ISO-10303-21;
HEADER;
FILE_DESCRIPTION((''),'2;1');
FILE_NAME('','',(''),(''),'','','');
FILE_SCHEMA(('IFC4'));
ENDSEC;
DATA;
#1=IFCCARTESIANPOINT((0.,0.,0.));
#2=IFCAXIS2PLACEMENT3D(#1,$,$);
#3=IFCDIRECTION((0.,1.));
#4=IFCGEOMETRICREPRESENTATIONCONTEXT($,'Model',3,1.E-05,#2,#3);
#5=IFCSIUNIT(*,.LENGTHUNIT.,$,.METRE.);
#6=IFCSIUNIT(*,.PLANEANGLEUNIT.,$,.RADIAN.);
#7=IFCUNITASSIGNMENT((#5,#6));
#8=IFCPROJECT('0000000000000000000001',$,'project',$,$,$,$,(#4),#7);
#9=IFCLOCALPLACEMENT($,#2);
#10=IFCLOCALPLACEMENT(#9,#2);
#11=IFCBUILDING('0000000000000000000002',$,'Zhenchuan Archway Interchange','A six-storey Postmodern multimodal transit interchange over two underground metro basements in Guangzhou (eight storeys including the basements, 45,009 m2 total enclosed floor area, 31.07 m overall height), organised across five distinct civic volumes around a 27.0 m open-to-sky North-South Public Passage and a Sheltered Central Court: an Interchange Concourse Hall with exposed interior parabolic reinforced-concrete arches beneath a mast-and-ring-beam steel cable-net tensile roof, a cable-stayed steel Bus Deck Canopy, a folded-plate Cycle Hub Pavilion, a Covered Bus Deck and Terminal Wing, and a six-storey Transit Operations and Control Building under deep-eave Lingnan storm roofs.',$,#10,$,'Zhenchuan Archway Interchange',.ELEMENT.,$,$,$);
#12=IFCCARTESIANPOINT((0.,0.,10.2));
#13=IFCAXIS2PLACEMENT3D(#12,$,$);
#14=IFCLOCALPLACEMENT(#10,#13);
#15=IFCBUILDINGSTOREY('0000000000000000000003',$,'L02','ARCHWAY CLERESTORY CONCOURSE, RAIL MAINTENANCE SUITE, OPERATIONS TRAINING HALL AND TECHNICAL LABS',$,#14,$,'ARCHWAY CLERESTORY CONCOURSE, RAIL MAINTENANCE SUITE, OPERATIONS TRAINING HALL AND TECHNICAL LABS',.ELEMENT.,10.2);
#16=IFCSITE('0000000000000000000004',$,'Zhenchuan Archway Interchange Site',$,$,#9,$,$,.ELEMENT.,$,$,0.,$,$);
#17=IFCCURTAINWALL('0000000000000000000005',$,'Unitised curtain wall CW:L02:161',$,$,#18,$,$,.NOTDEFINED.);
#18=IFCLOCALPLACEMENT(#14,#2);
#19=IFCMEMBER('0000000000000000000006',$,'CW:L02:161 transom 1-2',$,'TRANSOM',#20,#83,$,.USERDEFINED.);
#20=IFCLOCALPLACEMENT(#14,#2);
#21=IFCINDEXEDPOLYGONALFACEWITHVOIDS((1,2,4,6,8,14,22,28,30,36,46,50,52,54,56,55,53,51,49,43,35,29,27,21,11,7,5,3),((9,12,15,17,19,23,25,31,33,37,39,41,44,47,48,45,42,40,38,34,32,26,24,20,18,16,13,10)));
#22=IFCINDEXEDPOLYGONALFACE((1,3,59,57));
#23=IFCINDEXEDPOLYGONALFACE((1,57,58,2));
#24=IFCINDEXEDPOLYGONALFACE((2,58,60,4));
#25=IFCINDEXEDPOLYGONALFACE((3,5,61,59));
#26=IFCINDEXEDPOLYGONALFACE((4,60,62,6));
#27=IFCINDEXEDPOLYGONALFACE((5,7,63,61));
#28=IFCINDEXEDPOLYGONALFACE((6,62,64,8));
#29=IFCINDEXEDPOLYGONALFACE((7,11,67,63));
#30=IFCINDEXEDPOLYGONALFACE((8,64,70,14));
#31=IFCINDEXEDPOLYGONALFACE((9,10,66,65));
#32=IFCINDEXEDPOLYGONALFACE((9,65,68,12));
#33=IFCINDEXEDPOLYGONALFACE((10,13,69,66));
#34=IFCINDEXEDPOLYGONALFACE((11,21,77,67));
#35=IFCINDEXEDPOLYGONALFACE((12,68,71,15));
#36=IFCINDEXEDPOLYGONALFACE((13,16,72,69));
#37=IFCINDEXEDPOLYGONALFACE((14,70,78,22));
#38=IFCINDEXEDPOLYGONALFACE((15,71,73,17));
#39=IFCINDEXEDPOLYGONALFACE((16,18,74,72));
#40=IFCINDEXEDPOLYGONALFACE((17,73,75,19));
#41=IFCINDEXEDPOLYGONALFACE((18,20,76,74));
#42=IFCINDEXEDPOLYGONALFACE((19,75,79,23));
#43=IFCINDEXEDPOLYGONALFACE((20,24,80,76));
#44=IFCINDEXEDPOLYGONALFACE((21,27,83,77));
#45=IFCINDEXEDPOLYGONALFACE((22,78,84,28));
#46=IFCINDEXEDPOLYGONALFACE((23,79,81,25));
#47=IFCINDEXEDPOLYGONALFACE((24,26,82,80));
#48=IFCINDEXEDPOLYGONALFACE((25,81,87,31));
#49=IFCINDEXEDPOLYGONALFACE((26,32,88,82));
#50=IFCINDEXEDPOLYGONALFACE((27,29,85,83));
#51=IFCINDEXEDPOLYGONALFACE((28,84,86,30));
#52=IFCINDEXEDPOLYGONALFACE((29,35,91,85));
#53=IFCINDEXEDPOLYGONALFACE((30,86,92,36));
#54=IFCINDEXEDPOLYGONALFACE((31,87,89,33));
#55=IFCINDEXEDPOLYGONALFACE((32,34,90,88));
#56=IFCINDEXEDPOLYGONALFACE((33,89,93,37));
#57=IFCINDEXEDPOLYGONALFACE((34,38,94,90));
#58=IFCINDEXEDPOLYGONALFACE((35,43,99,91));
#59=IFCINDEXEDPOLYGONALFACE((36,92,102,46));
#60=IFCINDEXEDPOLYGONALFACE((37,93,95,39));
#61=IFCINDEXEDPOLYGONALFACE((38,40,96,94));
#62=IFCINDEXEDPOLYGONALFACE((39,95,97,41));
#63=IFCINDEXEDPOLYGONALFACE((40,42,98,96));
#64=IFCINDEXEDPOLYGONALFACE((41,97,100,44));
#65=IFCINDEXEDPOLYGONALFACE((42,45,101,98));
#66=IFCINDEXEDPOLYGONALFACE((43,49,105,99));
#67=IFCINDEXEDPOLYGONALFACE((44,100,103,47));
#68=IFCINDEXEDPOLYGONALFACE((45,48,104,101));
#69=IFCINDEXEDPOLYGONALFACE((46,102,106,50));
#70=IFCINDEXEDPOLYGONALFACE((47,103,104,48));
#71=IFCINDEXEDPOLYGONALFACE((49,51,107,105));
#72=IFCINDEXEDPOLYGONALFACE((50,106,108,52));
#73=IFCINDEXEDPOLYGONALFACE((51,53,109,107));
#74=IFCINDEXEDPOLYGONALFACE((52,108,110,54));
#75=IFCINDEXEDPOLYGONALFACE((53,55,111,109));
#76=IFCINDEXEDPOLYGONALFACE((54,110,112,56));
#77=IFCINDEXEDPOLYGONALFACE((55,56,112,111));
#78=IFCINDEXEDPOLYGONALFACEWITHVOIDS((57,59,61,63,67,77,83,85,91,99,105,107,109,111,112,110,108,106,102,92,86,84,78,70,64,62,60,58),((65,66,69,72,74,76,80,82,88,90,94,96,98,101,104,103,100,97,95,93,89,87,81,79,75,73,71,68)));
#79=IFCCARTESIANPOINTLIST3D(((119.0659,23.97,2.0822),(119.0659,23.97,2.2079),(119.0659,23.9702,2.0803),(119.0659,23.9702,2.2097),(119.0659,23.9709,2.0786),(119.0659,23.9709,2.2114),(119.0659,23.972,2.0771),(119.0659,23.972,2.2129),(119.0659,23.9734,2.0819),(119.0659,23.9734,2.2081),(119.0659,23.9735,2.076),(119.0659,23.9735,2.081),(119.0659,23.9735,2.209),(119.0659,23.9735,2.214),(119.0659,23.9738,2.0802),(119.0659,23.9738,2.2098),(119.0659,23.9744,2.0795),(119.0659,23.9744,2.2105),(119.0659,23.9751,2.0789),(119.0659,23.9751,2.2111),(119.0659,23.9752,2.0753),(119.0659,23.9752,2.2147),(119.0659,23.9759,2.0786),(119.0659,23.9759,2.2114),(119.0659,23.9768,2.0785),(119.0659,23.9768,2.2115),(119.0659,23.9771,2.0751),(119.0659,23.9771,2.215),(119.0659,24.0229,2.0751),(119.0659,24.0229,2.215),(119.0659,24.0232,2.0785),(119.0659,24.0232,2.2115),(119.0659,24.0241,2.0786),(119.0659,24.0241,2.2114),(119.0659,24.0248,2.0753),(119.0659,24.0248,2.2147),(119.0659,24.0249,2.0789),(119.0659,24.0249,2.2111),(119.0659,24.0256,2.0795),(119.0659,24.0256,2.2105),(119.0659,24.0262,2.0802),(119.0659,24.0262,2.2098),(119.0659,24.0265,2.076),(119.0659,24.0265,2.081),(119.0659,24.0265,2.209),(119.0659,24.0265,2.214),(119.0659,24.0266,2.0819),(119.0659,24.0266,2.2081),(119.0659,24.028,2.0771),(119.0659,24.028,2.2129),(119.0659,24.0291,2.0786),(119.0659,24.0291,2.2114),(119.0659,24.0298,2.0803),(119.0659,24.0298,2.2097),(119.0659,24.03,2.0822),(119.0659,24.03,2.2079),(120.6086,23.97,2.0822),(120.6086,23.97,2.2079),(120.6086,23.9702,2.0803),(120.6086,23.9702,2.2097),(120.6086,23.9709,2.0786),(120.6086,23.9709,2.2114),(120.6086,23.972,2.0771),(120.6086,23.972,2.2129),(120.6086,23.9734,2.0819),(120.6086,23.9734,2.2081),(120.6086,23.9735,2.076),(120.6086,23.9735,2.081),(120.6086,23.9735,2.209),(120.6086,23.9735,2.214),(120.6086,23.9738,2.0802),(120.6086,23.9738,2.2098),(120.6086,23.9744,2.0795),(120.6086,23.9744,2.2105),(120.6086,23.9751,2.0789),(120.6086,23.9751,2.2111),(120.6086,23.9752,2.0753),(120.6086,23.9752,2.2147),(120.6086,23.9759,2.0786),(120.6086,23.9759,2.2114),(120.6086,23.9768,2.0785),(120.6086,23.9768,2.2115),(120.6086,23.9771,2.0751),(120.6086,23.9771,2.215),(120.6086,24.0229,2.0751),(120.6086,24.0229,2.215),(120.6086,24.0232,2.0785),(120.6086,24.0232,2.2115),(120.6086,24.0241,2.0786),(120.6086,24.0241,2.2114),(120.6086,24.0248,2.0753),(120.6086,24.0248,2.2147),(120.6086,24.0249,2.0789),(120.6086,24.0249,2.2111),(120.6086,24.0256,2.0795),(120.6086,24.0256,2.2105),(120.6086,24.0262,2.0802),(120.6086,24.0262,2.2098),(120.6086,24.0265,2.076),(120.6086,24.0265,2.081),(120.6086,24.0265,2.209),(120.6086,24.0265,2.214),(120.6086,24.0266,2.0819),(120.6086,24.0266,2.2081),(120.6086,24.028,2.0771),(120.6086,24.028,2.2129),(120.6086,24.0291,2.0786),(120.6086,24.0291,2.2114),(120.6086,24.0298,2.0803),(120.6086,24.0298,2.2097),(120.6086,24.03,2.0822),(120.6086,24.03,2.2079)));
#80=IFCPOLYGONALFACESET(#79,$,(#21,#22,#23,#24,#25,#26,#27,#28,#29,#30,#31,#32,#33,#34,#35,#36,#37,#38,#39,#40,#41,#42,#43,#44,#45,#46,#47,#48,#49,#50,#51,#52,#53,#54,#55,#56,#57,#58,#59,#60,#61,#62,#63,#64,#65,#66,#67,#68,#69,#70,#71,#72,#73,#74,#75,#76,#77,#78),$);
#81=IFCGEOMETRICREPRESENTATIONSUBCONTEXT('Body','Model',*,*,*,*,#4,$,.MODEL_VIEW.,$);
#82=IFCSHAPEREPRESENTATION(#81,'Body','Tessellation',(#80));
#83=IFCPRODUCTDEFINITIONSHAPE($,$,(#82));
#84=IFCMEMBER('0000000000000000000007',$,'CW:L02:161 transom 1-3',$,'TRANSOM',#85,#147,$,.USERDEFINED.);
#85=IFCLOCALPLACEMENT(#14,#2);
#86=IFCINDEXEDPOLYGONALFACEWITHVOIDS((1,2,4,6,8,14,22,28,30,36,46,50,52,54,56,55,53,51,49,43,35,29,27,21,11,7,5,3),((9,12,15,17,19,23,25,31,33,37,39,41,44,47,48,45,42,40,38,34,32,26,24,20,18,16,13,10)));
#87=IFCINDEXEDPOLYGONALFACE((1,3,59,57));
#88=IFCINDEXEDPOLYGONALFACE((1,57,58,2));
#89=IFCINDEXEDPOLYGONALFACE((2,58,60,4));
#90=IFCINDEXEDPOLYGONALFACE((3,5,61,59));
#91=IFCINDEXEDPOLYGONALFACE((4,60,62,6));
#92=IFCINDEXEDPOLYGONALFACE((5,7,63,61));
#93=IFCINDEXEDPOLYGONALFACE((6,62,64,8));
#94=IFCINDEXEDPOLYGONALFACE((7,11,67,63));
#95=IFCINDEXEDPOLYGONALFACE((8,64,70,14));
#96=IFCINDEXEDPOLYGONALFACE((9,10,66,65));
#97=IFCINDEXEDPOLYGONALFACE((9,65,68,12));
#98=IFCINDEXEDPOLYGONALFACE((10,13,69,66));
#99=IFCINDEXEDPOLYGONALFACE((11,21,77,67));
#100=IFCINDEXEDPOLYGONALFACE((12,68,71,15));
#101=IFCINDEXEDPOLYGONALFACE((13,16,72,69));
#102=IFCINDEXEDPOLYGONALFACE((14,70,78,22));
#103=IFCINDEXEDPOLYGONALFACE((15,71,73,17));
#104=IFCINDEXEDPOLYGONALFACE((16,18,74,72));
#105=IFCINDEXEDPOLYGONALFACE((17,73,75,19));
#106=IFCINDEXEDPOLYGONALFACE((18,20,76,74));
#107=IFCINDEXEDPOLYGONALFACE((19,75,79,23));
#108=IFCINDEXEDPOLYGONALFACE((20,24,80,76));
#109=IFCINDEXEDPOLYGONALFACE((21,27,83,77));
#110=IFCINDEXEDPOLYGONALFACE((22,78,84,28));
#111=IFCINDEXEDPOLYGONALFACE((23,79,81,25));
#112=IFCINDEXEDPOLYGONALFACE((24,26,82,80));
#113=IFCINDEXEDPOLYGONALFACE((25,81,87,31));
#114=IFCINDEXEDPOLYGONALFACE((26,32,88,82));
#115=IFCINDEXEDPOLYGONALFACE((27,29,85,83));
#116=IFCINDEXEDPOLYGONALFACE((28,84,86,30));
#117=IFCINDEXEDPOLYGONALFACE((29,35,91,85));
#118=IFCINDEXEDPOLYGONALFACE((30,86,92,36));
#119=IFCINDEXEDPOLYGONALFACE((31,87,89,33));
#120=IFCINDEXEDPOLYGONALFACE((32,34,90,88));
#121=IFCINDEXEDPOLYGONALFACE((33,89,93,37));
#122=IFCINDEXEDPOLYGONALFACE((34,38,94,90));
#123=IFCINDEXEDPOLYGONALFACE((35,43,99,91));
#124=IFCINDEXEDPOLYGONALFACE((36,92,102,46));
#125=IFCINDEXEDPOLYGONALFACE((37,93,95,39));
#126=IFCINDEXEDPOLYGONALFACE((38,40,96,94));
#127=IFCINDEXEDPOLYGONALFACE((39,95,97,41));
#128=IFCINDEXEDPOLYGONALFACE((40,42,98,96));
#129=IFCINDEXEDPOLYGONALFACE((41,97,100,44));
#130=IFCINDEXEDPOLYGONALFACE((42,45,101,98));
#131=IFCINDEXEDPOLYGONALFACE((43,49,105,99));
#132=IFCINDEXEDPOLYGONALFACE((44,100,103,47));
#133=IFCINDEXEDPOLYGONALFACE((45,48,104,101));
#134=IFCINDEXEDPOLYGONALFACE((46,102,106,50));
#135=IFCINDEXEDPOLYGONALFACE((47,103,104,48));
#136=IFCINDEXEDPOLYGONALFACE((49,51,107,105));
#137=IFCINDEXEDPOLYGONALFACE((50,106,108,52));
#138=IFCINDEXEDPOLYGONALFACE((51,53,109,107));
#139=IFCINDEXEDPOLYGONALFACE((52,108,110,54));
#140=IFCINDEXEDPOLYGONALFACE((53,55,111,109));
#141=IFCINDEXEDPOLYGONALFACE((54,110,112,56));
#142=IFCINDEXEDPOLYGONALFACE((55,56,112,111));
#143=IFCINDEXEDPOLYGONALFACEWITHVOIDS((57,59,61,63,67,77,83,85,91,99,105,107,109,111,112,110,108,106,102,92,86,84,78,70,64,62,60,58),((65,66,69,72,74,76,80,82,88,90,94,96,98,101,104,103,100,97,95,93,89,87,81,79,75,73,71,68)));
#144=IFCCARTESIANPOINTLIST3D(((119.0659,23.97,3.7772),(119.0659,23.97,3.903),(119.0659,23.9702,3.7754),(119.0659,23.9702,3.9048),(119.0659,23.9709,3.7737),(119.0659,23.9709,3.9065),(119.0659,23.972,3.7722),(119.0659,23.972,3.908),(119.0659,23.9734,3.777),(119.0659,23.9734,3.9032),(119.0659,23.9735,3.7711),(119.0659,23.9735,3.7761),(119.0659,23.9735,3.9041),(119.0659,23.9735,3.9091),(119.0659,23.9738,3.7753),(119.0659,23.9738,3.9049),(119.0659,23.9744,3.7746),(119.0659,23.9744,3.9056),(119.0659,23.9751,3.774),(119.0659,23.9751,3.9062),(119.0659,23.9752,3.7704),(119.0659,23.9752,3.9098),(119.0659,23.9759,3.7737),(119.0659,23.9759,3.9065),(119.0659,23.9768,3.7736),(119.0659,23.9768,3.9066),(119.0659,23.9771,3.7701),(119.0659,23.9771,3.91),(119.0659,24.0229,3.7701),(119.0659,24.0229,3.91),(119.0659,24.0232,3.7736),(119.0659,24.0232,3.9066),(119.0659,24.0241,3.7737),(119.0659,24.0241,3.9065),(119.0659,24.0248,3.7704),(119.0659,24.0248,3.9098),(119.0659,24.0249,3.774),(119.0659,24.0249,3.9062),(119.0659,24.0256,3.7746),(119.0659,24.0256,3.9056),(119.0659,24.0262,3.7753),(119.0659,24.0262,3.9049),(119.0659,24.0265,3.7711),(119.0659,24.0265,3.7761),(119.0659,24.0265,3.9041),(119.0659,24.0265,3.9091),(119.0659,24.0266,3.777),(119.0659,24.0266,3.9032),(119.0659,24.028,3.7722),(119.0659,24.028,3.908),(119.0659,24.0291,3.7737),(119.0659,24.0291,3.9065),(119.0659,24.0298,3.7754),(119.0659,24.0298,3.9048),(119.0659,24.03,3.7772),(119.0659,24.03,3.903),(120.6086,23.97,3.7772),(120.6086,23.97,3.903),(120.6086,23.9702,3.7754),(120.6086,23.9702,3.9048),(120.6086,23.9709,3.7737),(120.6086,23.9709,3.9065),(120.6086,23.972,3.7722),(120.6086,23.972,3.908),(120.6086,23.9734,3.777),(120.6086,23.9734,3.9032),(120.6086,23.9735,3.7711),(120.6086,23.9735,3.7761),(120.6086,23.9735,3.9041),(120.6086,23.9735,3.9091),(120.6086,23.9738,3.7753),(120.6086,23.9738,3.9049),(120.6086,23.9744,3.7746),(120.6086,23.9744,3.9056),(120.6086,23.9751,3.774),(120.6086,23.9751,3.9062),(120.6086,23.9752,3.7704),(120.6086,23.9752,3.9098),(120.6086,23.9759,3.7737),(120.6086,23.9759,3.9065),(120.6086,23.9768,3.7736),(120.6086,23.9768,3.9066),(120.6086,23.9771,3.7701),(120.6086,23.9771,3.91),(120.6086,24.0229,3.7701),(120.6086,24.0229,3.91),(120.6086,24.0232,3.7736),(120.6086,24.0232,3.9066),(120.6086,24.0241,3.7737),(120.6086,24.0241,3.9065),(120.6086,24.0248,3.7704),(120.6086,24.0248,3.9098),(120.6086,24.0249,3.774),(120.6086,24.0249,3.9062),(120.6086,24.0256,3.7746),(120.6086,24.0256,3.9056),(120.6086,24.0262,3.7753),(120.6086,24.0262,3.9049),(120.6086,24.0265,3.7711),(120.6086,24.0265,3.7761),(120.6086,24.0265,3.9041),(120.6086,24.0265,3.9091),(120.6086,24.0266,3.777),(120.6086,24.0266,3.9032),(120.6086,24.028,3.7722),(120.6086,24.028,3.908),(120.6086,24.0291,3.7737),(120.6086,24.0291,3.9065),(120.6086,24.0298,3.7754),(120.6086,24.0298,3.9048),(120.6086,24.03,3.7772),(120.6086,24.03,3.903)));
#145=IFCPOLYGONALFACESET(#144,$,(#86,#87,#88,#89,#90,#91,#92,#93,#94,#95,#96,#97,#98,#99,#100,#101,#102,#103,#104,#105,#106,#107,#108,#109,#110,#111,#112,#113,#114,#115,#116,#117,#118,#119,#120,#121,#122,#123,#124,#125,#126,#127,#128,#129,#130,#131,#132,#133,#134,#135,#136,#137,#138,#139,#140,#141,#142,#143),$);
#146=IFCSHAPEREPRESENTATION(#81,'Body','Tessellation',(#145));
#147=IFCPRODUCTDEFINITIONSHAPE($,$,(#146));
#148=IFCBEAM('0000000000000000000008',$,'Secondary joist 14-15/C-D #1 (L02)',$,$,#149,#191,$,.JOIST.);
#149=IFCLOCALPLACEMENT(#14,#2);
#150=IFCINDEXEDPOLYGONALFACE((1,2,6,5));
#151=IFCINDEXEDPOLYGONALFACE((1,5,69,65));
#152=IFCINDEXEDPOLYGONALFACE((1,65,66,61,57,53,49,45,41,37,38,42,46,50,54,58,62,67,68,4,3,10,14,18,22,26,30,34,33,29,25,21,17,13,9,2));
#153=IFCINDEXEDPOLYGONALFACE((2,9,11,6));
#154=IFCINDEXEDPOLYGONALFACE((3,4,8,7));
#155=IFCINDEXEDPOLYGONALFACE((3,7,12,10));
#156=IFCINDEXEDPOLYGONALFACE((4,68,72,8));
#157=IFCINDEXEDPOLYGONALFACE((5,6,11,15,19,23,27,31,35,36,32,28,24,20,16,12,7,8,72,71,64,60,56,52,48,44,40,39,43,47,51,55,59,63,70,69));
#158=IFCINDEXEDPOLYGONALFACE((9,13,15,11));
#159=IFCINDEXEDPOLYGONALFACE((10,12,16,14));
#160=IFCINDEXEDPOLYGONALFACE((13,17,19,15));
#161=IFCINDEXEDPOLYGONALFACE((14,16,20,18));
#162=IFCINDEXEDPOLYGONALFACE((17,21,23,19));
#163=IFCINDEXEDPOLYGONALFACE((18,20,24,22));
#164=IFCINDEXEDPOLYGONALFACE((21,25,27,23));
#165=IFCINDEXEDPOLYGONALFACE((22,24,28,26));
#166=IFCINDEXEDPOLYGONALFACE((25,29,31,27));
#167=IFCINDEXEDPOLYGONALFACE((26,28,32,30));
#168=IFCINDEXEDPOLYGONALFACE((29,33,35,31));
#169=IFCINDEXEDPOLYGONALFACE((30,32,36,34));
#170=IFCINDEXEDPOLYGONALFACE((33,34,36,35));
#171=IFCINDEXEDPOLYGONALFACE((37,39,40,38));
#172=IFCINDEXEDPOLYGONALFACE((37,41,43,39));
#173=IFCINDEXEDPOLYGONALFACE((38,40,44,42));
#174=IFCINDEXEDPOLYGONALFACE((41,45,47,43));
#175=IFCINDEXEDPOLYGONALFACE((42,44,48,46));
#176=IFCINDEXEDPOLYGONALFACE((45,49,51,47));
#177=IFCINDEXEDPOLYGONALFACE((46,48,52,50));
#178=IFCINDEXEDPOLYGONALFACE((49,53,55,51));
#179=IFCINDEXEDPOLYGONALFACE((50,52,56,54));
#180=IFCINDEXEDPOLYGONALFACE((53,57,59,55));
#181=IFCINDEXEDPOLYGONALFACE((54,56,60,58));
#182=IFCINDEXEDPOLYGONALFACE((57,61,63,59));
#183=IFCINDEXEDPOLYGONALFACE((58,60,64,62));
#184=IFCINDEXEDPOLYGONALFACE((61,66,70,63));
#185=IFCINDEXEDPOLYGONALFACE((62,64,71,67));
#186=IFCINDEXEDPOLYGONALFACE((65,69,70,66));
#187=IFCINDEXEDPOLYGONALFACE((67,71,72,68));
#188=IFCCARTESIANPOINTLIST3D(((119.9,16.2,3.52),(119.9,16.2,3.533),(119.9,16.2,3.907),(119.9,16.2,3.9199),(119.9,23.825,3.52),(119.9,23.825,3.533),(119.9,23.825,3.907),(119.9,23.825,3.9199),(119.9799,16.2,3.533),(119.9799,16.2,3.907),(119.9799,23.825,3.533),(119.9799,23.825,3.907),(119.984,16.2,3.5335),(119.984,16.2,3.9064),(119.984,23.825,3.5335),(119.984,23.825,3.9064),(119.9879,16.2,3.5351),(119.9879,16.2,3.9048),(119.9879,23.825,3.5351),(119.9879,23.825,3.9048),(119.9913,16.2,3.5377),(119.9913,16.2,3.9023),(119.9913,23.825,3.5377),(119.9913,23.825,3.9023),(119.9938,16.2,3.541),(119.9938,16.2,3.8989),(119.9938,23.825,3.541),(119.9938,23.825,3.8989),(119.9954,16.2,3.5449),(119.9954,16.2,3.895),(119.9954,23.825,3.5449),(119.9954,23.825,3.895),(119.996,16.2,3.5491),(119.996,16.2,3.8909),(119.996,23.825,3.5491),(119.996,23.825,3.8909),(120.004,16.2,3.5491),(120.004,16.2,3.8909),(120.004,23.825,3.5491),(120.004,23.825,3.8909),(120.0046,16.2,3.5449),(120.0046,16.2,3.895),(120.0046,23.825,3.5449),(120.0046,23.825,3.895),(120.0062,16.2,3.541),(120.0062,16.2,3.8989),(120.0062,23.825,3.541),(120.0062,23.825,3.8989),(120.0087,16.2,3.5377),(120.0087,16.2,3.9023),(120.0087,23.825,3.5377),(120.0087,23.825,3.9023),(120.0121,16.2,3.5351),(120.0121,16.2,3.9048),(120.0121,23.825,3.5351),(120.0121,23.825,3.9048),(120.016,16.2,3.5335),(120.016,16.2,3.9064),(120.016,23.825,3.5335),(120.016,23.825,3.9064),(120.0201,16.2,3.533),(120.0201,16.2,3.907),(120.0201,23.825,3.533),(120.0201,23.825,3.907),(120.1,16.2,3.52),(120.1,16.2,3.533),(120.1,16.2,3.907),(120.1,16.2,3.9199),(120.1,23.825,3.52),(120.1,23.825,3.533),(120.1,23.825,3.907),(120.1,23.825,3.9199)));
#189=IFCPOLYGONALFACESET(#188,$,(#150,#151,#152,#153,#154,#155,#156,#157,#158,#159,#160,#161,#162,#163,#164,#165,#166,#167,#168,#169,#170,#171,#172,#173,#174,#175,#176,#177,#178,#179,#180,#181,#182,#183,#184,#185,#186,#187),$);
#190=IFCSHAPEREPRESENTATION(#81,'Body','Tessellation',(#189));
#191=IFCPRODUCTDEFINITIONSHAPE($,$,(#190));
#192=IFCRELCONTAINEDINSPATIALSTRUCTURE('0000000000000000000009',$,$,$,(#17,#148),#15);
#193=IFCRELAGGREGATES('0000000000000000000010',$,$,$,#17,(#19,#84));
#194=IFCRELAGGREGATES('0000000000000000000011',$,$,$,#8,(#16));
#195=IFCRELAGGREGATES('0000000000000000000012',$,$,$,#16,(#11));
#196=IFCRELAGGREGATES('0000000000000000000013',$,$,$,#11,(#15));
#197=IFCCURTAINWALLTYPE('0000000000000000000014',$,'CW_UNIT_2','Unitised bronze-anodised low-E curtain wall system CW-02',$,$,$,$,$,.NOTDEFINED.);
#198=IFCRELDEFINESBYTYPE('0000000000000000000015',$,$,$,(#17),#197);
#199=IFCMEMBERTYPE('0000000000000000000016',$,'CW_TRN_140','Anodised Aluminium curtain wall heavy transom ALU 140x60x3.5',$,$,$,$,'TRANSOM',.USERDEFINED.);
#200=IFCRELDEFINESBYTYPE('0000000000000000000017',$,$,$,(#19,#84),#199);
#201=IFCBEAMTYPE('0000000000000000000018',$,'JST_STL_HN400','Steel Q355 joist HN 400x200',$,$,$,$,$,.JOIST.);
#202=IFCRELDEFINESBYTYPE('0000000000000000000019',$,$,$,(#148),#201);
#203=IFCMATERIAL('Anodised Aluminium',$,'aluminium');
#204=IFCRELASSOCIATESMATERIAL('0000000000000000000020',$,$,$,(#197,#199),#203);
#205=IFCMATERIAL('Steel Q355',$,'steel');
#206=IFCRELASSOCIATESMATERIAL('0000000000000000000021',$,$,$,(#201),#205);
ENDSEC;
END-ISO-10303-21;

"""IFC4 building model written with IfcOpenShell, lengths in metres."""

from ifc_helpers import new_model, si_unit, direction, frame, origin, origin_2d, place, context, subcontext, project, spatial, hollow_rectangle, i_section, extrude, material, material_profile, profile_set, type_object, element, aggregate, save


model = new_model("IFC4")

# Units and contexts
model_context = context("Model", 3, precision=1e-05, world=origin(), true_north=direction((0.0, 1.0)))
body_context = subcontext(model_context, "Body", "Model", "MODEL_VIEW")
ifc_project = project(units=[si_unit("LENGTHUNIT", "METRE"), si_unit("PLANEANGLEUNIT", "RADIAN")], contexts=[model_context])

# Site, building, storey
site_placement = place(None, origin())
site = spatial("IfcSite", under=ifc_project, at=site_placement, Name="Zhenchuan Archway Interchange Site", CompositionType="ELEMENT", RefElevation=0.0)
building_placement = place(site_placement, origin())
building = spatial("IfcBuilding", under=site, at=building_placement, Name="Zhenchuan Archway Interchange", Description="A six-storey Postmodern multimodal transit interchange over two underground metro basements in Guangzhou (eight storeys including the basements, 45,009 m2 total enclosed floor area, 31.07 m overall height), organised across five distinct civic volumes around a 27.0 m open-to-sky North-South Public Passage and a Sheltered Central Court: an Interchange Concourse Hall with exposed interior parabolic reinforced-concrete arches beneath a mast-and-ring-beam steel cable-net tensile roof, a cable-stayed steel Bus Deck Canopy, a folded-plate Cycle Hub Pavilion, a Covered Bus Deck and Terminal Wing, and a six-storey Transit Operations and Control Building under deep-eave Lingnan storm roofs.", LongName="Zhenchuan Archway Interchange", CompositionType="ELEMENT")
storey_placement = place(building_placement, frame((0.0, 0.0, 10.2)))
storey = spatial("IfcBuildingStorey", under=building, at=storey_placement, Name="L02", Description="ARCHWAY CLERESTORY CONCOURSE, RAIL MAINTENANCE SUITE, OPERATIONS TRAINING HALL AND TECHNICAL LABS", LongName="ARCHWAY CLERESTORY CONCOURSE, RAIL MAINTENANCE SUITE, OPERATIONS TRAINING HALL AND TECHNICAL LABS", CompositionType="ELEMENT", Elevation=10.2)

# Curtain wall, members
ifc_material_1 = material(Name="Anodised Aluminium", Category="aluminium")
curtain_wall_type = type_object("IfcCurtainWallType", Name="CW_UNIT_2", Description="Unitised bronze-anodised low-E curtain wall system CW-02", PredefinedType="NOTDEFINED", material=ifc_material_1)
curtain_wall_placement = place(storey_placement, origin())
curtain_wall = element("IfcCurtainWall", 1, at=curtain_wall_placement, inside=storey, type_object=curtain_wall_type, Name="Unitised curtain wall CW:L02:161", PredefinedType="NOTDEFINED")
ifc_material_profile_1 = material_profile(ifc_material_1, hollow_rectangle(XDim=0.0601, YDim=0.1399, WallThickness=0.0034, InnerFilletRadius=0.0034, OuterFilletRadius=0.0071, at=origin_2d()), Name="ALU 140x60x3.5")
ifc_profile_set_1 = profile_set([ifc_material_profile_1], Name="Anodised Aluminium")
member_type_1 = type_object("IfcMemberType", Name="CW_TRN_140", Description="Anodised Aluminium curtain wall heavy transom ALU 140x60x3.5", ElementType="TRANSOM", PredefinedType="USERDEFINED", material=ifc_profile_set_1)
member_1_placement = place(storey_placement, frame((119.0659, 24.0, 2.145), z_axis=(1.0, 0.0, 0.0), x_axis=(0.0, 1.0, 0.0)))
member_1 = element("IfcMember", 2, at=member_1_placement, type_object=member_type_1, Name="CW:L02:161 transom 1-2", ObjectType="TRANSOM", PredefinedType="USERDEFINED", context=body_context, shape_type="SweptSolid", body=[
    extrude(hollow_rectangle(XDim=0.0601, YDim=0.1399, WallThickness=0.0034, InnerFilletRadius=0.0034, OuterFilletRadius=0.0071, at=origin_2d()), origin(), (0.0, 0.0, 1.0), 1.5427),
])
member_2_placement = place(storey_placement, frame((119.0659, 24.0, 3.8401), z_axis=(1.0, 0.0, 0.0), x_axis=(0.0, 1.0, 0.0)))
member_2 = element("IfcMember", 3, at=member_2_placement, type_object=member_type_1, Name="CW:L02:161 transom 1-3", ObjectType="TRANSOM", PredefinedType="USERDEFINED", context=body_context, shape_type="SweptSolid", body=[
    extrude(hollow_rectangle(XDim=0.0601, YDim=0.1399, WallThickness=0.0034, InnerFilletRadius=0.0034, OuterFilletRadius=0.0071, at=origin_2d()), origin(), (0.0, 0.0, 1.0), 1.5427),
])

# Beam
ifc_material_2 = material(Name="Steel Q355", Category="steel")
ifc_material_profile_2 = material_profile(ifc_material_2, i_section(OverallWidth=0.2, OverallDepth=0.3999, WebThickness=0.0081, FlangeThickness=0.0129, FilletRadius=0.0161, at=origin_2d()), Name="HN 400x200")
ifc_profile_set_2 = profile_set([ifc_material_profile_2], Name="Steel Q355")
beam_type_1 = type_object("IfcBeamType", Name="JST_STL_HN400", Description="Steel Q355 joist HN 400x200", PredefinedType="JOIST", material=ifc_profile_set_2)
beam_1_placement = place(storey_placement, frame((120.0, 16.2, 3.72), z_axis=(0.0, 1.0, 0.0), x_axis=(-1.0, 0.0, 0.0)))
element("IfcBeam", 4, at=beam_1_placement, inside=storey, type_object=beam_type_1, Name="Secondary joist 14-15/C-D #1 (L02)", PredefinedType="JOIST", context=body_context, shape_type="SweptSolid", body=[
    extrude(i_section(OverallWidth=0.2, OverallDepth=0.3999, WebThickness=0.0081, FlangeThickness=0.0129, FilletRadius=0.0161, at=origin_2d()), origin(), (0.0, 0.0, 1.0), 7.625),
])

aggregate(curtain_wall, [member_1, member_2])

save(model, "model.ifc")
